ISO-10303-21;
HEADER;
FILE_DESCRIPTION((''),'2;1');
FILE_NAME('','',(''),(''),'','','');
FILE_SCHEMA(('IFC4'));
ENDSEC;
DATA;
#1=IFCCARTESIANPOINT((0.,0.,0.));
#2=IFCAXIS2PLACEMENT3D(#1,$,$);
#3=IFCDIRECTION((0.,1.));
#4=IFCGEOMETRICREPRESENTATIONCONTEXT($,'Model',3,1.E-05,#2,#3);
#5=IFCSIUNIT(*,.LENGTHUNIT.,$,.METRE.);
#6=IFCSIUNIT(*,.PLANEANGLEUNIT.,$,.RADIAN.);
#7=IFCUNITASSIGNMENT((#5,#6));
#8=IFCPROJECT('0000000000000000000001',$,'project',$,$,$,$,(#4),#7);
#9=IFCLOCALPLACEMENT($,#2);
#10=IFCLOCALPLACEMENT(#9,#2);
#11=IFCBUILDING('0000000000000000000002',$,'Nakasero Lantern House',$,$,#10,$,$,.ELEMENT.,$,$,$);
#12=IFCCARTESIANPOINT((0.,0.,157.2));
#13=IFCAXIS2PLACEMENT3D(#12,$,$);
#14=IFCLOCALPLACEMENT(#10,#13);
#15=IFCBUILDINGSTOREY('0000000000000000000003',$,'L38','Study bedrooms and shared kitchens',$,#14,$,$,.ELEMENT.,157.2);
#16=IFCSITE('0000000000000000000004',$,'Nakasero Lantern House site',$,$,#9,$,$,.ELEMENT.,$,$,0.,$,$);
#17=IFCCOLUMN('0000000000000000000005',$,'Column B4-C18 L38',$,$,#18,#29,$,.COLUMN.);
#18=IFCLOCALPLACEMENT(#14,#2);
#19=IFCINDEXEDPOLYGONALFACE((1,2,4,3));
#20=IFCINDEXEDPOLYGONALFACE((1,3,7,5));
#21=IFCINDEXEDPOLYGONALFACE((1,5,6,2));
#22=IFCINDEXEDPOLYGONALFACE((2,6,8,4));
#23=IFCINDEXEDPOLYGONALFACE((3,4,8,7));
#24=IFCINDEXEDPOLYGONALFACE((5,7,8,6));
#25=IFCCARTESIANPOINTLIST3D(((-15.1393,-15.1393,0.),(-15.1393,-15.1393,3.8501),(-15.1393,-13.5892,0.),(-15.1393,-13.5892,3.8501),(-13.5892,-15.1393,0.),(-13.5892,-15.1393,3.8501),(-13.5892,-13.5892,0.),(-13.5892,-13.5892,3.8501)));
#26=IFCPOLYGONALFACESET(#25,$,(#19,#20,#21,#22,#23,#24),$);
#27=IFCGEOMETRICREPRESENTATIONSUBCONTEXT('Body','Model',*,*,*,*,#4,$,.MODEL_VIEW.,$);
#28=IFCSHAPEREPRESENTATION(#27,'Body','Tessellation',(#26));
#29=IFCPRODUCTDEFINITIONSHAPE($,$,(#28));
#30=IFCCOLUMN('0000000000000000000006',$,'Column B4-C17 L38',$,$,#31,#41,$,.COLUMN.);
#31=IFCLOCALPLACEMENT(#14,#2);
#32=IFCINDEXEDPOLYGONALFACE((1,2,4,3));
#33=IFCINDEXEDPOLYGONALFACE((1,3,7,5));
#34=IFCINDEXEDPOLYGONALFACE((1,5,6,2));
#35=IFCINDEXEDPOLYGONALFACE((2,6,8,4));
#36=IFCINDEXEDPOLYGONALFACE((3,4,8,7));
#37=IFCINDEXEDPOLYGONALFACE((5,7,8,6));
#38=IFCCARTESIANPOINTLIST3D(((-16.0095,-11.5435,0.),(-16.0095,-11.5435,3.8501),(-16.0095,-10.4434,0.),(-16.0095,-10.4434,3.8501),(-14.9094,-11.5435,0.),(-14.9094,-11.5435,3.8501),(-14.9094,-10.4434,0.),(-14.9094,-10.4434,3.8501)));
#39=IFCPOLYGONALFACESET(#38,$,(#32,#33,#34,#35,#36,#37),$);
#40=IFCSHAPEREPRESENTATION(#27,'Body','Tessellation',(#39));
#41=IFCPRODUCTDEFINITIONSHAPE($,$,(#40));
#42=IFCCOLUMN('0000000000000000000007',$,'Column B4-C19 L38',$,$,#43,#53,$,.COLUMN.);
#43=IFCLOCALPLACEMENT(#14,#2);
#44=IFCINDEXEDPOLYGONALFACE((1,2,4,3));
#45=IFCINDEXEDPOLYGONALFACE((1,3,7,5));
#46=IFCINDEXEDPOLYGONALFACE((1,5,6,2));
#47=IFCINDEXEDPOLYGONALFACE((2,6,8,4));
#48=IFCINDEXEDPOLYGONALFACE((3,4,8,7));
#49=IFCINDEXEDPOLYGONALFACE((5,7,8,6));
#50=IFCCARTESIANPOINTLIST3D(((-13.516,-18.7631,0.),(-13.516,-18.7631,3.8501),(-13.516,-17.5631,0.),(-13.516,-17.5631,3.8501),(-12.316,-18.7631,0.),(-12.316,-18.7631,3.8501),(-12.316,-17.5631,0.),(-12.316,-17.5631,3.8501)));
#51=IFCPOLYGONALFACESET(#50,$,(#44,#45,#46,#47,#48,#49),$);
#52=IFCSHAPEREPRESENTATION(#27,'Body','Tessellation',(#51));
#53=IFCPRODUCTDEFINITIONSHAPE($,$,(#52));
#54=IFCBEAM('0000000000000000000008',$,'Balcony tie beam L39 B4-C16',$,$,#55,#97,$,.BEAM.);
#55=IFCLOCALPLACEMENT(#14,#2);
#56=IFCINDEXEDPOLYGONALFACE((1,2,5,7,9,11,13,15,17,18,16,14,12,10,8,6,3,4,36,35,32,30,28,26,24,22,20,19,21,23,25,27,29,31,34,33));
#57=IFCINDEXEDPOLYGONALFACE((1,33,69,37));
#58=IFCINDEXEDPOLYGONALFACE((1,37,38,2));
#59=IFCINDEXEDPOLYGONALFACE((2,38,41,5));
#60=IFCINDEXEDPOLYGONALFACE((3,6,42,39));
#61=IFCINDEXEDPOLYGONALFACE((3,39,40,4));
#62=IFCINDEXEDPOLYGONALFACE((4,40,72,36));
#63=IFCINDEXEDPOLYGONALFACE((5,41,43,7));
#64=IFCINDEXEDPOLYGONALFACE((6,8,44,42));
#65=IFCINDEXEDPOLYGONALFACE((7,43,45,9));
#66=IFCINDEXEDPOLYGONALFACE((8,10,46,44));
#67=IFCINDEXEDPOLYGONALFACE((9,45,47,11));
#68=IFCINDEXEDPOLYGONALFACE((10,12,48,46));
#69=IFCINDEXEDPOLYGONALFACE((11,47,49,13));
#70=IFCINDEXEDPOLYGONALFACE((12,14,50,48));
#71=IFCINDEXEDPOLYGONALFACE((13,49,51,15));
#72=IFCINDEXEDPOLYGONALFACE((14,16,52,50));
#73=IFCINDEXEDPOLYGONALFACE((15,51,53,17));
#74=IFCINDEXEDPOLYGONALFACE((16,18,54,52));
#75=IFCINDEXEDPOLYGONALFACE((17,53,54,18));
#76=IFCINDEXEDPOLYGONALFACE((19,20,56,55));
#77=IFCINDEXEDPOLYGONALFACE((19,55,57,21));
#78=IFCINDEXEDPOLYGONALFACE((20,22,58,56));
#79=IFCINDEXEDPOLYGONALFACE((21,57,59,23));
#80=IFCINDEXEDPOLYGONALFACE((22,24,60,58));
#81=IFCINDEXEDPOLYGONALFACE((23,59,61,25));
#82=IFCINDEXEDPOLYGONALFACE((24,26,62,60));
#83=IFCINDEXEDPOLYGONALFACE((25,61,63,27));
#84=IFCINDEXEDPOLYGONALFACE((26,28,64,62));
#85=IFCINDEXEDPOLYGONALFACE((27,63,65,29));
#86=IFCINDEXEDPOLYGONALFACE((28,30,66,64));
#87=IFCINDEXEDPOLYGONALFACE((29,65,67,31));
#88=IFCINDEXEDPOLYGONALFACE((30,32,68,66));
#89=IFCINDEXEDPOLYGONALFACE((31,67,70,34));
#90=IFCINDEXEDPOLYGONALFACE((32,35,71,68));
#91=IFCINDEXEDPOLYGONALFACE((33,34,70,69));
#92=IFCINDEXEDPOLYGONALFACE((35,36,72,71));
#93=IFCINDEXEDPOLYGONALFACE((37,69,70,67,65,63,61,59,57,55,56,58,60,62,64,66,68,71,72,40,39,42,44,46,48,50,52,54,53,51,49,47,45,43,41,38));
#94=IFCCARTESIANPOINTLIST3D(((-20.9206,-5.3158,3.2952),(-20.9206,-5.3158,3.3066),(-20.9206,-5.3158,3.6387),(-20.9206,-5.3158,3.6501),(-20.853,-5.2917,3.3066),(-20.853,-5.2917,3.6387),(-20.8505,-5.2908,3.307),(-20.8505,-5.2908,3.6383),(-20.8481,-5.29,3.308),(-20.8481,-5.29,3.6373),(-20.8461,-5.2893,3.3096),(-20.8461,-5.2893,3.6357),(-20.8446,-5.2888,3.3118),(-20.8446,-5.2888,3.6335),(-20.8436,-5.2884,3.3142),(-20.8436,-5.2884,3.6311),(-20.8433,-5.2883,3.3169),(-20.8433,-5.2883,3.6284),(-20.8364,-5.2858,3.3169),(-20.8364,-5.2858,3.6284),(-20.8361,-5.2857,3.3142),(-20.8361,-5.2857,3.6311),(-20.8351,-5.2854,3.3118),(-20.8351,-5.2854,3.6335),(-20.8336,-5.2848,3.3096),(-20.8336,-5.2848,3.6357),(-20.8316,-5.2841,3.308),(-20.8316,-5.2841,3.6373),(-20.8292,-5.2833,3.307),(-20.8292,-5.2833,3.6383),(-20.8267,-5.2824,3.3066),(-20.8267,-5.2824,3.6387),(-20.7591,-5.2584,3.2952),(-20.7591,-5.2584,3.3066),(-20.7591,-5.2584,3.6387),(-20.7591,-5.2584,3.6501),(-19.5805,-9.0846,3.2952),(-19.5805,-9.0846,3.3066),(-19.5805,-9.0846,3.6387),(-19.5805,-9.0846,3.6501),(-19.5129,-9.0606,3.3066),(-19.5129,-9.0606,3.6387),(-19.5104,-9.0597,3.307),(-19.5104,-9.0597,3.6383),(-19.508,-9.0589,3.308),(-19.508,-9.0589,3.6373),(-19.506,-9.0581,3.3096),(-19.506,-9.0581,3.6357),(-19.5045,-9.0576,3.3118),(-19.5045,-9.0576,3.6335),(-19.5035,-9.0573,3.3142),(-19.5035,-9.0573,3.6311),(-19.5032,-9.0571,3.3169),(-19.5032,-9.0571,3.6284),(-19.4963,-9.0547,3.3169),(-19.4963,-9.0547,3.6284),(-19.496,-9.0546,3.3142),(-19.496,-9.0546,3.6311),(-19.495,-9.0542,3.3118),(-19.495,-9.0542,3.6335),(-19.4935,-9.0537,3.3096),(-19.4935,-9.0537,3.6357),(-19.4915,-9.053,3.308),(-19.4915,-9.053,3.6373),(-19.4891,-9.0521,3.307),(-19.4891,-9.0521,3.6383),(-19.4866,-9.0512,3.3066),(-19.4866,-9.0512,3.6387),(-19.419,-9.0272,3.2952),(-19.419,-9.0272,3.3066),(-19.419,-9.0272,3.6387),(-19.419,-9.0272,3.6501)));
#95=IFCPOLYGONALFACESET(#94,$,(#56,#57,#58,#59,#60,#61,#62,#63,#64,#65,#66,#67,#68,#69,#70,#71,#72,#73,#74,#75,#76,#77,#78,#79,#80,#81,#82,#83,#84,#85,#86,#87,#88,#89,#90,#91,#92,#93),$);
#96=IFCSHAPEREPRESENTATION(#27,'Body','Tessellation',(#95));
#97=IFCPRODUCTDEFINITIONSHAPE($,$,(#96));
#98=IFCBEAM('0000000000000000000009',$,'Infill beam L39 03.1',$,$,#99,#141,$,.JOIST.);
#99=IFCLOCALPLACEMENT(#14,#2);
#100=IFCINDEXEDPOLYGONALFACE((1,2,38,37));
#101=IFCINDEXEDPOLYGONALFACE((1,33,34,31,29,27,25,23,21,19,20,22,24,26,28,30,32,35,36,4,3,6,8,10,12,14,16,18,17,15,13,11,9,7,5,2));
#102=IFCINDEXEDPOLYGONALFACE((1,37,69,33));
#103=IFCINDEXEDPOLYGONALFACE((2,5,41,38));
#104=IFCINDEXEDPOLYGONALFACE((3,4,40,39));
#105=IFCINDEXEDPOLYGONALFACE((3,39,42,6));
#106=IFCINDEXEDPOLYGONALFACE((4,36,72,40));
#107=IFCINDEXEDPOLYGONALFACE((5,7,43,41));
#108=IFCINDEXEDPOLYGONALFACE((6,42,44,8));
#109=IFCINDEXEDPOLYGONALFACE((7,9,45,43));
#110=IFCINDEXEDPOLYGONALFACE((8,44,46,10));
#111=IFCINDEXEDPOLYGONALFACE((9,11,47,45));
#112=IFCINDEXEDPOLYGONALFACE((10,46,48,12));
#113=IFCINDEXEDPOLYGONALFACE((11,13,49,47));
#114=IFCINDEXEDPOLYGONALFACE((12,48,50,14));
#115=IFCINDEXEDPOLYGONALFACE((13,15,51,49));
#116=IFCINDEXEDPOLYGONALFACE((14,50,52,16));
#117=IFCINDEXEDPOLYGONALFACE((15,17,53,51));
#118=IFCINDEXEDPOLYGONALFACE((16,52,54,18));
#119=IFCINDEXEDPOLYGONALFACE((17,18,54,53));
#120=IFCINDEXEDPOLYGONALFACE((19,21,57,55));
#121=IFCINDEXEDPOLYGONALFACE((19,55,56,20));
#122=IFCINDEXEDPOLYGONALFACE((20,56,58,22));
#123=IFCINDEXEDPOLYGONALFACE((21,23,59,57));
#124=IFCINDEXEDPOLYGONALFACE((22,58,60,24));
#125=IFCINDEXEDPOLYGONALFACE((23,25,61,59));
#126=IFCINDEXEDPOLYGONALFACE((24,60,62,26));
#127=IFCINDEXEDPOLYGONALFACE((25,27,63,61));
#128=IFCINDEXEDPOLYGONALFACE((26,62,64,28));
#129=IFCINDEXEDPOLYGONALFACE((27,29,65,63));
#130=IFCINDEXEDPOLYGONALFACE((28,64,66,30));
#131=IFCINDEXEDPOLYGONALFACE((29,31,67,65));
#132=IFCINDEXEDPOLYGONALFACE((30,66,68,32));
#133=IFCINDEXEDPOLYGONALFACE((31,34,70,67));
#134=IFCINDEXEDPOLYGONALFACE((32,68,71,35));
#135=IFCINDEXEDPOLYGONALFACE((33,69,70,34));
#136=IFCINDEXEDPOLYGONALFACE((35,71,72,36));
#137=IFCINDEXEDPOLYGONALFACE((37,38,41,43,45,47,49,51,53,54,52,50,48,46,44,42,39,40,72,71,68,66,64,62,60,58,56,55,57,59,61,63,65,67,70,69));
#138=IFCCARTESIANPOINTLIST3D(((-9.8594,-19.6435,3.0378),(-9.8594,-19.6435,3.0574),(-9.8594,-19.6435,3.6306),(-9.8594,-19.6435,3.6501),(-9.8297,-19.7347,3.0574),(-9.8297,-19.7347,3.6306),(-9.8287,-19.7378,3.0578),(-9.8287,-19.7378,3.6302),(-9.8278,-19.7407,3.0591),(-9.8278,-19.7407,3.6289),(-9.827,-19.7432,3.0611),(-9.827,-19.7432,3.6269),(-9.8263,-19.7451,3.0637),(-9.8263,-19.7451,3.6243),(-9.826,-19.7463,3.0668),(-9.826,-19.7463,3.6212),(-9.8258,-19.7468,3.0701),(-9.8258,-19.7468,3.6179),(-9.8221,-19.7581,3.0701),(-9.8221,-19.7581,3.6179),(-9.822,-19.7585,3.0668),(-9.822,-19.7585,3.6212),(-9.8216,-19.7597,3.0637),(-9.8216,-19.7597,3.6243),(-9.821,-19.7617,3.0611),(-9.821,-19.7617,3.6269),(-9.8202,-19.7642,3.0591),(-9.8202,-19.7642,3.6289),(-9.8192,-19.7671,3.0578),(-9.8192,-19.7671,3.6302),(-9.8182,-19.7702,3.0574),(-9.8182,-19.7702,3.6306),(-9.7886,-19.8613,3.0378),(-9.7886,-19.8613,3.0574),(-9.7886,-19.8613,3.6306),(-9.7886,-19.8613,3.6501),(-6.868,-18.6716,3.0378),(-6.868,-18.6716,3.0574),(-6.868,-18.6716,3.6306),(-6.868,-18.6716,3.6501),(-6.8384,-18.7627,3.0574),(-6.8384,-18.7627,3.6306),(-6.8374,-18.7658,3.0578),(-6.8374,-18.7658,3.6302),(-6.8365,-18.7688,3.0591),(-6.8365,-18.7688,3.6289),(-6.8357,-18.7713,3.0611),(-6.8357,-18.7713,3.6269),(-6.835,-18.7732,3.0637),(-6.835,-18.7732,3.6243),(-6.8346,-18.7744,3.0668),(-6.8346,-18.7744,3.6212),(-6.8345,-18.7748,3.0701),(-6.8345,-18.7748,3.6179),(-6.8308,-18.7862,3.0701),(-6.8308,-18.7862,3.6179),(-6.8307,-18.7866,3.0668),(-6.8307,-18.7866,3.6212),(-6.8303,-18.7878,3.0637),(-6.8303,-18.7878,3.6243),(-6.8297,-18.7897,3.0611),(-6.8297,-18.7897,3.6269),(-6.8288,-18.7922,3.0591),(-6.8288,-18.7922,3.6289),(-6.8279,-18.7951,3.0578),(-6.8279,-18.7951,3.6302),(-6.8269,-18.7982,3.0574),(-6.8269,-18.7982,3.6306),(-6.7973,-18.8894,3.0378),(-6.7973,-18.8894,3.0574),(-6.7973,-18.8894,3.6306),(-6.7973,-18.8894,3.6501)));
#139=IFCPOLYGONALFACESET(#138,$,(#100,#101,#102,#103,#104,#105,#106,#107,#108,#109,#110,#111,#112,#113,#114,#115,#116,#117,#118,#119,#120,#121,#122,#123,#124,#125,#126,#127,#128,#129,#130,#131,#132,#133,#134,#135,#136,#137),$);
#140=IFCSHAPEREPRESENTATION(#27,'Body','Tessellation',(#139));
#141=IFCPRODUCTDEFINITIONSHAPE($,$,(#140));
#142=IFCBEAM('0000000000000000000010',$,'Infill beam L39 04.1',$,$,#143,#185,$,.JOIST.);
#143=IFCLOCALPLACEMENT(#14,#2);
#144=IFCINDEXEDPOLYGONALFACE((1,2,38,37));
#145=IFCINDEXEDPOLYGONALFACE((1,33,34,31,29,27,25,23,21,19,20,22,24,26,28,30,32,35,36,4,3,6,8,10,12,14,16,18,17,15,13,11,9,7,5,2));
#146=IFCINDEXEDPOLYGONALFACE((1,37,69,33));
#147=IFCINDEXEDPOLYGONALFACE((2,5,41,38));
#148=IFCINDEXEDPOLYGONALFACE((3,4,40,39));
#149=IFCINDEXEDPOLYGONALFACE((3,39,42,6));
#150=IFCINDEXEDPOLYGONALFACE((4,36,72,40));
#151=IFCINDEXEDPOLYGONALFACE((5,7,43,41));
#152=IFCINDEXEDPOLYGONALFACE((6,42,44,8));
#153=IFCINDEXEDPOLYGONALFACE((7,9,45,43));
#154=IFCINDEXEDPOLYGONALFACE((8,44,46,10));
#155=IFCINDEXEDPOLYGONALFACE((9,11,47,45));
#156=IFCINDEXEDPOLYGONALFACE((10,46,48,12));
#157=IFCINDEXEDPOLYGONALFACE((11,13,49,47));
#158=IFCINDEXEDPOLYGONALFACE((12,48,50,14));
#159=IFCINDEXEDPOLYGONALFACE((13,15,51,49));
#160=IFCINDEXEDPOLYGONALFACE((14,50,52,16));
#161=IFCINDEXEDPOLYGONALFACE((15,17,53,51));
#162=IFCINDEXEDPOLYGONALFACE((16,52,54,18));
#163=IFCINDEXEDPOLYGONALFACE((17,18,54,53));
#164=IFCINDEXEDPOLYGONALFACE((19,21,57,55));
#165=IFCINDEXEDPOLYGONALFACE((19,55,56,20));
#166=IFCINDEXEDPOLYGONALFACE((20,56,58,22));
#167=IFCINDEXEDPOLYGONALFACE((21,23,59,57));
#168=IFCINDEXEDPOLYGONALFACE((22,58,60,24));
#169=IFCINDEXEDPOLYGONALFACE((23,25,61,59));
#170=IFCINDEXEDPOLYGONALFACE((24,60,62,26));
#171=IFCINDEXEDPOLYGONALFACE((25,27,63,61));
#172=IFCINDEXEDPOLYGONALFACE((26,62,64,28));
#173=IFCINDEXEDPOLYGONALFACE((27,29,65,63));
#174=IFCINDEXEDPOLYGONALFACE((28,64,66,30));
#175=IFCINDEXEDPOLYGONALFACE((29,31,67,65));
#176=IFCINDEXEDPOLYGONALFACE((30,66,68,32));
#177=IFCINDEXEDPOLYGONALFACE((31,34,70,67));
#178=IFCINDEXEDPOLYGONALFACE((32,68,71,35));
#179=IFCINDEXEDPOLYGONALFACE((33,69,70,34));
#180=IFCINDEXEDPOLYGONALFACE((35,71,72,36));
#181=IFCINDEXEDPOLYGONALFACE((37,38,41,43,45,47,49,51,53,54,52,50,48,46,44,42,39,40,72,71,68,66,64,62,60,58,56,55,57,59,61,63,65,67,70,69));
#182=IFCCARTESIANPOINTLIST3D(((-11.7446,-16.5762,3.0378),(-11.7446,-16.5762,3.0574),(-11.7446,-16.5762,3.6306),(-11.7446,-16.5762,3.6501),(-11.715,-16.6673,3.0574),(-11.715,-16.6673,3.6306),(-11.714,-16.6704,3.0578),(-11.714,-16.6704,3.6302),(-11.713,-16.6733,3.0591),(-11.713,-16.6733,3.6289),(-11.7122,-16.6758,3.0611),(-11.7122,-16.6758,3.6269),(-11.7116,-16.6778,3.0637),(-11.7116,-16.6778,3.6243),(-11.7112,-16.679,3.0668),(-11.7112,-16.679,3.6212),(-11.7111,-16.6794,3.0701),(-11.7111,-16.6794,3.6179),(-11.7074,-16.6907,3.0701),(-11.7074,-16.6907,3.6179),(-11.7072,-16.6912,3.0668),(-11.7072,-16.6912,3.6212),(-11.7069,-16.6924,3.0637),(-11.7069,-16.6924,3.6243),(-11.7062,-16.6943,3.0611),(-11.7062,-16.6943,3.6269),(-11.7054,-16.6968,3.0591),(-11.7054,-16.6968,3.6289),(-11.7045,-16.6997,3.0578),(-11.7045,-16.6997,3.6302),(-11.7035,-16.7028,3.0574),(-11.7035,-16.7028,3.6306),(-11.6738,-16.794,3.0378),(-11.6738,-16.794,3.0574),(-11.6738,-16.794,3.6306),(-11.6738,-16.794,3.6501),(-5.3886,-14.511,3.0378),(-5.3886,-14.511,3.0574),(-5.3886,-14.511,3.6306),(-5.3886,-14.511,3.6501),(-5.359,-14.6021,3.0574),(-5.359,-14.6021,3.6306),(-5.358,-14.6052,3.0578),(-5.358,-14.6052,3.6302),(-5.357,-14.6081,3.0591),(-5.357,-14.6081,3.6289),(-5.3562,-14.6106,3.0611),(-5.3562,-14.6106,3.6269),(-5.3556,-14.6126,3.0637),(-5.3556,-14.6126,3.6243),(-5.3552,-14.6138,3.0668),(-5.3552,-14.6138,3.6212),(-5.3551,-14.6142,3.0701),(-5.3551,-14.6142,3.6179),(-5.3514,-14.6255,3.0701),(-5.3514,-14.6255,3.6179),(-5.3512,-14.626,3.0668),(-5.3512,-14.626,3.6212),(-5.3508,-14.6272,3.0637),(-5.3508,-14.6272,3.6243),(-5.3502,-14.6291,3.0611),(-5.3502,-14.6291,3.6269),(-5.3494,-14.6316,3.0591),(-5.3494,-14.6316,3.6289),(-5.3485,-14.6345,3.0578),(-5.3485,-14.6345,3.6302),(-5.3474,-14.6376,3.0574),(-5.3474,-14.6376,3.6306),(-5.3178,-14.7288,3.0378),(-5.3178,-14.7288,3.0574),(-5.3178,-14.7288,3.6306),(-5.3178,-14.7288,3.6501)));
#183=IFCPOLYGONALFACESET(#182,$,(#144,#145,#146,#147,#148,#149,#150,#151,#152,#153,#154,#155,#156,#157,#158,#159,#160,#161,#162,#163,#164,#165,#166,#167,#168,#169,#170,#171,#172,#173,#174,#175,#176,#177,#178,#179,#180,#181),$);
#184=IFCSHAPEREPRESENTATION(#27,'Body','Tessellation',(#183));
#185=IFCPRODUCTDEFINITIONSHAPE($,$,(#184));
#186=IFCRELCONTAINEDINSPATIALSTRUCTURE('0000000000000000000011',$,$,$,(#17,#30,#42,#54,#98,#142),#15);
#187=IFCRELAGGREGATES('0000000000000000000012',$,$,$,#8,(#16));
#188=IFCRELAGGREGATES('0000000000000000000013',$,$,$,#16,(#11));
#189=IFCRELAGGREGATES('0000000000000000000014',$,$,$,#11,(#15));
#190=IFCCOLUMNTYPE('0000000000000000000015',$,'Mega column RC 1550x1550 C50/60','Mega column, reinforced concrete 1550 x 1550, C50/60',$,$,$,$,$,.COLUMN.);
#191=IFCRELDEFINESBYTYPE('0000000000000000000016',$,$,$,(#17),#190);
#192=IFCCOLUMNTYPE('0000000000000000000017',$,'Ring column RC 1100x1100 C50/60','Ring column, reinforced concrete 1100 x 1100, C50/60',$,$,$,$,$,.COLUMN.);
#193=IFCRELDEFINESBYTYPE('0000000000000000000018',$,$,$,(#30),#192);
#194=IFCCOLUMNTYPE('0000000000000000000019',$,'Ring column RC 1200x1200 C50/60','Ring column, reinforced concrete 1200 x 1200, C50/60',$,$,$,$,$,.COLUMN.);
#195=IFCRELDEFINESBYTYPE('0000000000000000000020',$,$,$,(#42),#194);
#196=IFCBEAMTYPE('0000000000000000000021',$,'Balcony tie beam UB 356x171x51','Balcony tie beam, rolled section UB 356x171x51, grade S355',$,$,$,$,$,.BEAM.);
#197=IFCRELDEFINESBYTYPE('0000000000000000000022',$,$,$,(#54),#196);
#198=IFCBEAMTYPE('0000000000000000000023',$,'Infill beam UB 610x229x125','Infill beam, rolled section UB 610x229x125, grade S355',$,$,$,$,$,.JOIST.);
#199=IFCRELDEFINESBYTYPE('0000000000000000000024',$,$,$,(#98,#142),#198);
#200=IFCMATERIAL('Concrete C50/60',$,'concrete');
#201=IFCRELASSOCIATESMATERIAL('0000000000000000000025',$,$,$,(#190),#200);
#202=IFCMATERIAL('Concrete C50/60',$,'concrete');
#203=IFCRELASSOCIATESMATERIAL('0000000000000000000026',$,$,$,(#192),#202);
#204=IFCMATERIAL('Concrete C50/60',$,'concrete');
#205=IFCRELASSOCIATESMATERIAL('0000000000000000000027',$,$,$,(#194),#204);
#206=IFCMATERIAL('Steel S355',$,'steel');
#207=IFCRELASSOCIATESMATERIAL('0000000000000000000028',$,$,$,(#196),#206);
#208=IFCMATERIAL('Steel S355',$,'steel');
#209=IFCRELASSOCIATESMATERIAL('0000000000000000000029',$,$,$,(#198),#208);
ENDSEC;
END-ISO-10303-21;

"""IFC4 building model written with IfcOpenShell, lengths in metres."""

from ifc_helpers import new_model, si_unit, direction, frame, origin, origin_2d, place, context, subcontext, project, spatial, rectangle, i_section, extrude, material, material_profile, profile_set, type_object, element, save


model = new_model("IFC4")

# Units and contexts
model_context = context("Model", 3, precision=1e-05, world=origin(), true_north=direction((0.0, 1.0)))
body_context = subcontext(model_context, "Body", "Model", "MODEL_VIEW")
ifc_project = project(units=[si_unit("LENGTHUNIT", "METRE"), si_unit("PLANEANGLEUNIT", "RADIAN")], contexts=[model_context])

# Site, building, storey
site_placement = place(None, origin())
site = spatial("IfcSite", under=ifc_project, at=site_placement, Name="Nakasero Lantern House site", CompositionType="ELEMENT", RefElevation=0.0)
building_placement = place(site_placement, origin())
building = spatial("IfcBuilding", under=site, at=building_placement, Name="Nakasero Lantern House", CompositionType="ELEMENT")
storey_placement = place(building_placement, frame((0.0, 0.0, 157.2)))
storey = spatial("IfcBuildingStorey", under=building, at=storey_placement, Name="L38", Description="Study bedrooms and shared kitchens", CompositionType="ELEMENT", Elevation=157.2)

# Columns
ifc_material_1 = material(Name="Concrete C50/60", Category="concrete")
ifc_material_profile_1 = material_profile(ifc_material_1, rectangle(XDim=1.55, YDim=1.55, at=origin_2d()), Name="RC 1550x1550")
ifc_profile_set_1 = profile_set([ifc_material_profile_1], Name="Concrete C50/60")
column_type_1 = type_object("IfcColumnType", Name="Mega column RC 1550x1550 C50/60", Description="Mega column, reinforced concrete 1550 x 1550, C50/60", PredefinedType="COLUMN", material=ifc_profile_set_1)
column_1_placement = place(storey_placement, frame((-14.3643, -14.3643, 0.0), z_axis=(0.0, 0.0, 1.0), x_axis=(1.0, 0.0, 0.0)))
element("IfcColumn", 1, at=column_1_placement, inside=storey, type_object=column_type_1, Name="Column B4-C18 L38", PredefinedType="COLUMN", context=body_context, shape_type="SweptSolid", body=[
    extrude(rectangle(XDim=1.55, YDim=1.55, at=origin_2d()), origin(), (0.0, 0.0, 1.0), 3.8501),
])
ifc_material_2 = material(Name="Concrete C50/60", Category="concrete")
ifc_material_profile_2 = material_profile(ifc_material_2, rectangle(XDim=1.1001, YDim=1.1001, at=origin_2d()), Name="RC 1100x1100")
ifc_profile_set_2 = profile_set([ifc_material_profile_2], Name="Concrete C50/60")
column_type_2 = type_object("IfcColumnType", Name="Ring column RC 1100x1100 C50/60", Description="Ring column, reinforced concrete 1100 x 1100, C50/60", PredefinedType="COLUMN", material=ifc_profile_set_2)
column_2_placement = place(storey_placement, frame((-15.4595, -10.9934, 0.0), z_axis=(0.0, 0.0, 1.0), x_axis=(1.0, 0.0, 0.0)))
element("IfcColumn", 2, at=column_2_placement, inside=storey, type_object=column_type_2, Name="Column B4-C17 L38", PredefinedType="COLUMN", context=body_context, shape_type="SweptSolid", body=[
    extrude(rectangle(XDim=1.1001, YDim=1.1001, at=origin_2d()), origin(), (0.0, 0.0, 1.0), 3.8501),
])
ifc_material_3 = material(Name="Concrete C50/60", Category="concrete")
ifc_material_profile_3 = material_profile(ifc_material_3, rectangle(XDim=1.2, YDim=1.2, at=origin_2d()), Name="RC 1200x1200")
ifc_profile_set_3 = profile_set([ifc_material_profile_3], Name="Concrete C50/60")
column_type_3 = type_object("IfcColumnType", Name="Ring column RC 1200x1200 C50/60", Description="Ring column, reinforced concrete 1200 x 1200, C50/60", PredefinedType="COLUMN", material=ifc_profile_set_3)
column_3_placement = place(storey_placement, frame((-12.916, -18.1631, 0.0), z_axis=(0.0, 0.0, 1.0), x_axis=(1.0, 0.0, 0.0)))
element("IfcColumn", 3, at=column_3_placement, inside=storey, type_object=column_type_3, Name="Column B4-C19 L38", PredefinedType="COLUMN", context=body_context, shape_type="SweptSolid", body=[
    extrude(rectangle(XDim=1.2, YDim=1.2, at=origin_2d()), origin(), (0.0, 0.0, 1.0), 3.8501),
])

# Beams
ifc_material_4 = material(Name="Steel S355", Category="steel")
ifc_material_profile_4 = material_profile(ifc_material_4, i_section(OverallWidth=0.1714, OverallDepth=0.355, WebThickness=0.0073, FlangeThickness=0.0115, FilletRadius=0.0103, at=origin_2d()), Name="UB 356x171x51")
ifc_profile_set_4 = profile_set([ifc_material_profile_4], Name="Steel S355")
beam_type_1 = type_object("IfcBeamType", Name="Balcony tie beam UB 356x171x51", Description="Balcony tie beam, rolled section UB 356x171x51, grade S355", PredefinedType="BEAM", material=ifc_profile_set_4)
beam_1_placement = place(storey_placement, frame((-19.4998, -9.0559, 3.4727), z_axis=(-0.335025, 0.942209, 0.0), x_axis=(-0.942209, -0.335025, 0.0)))
element("IfcBeam", 4, at=beam_1_placement, inside=storey, type_object=beam_type_1, Name="Balcony tie beam L39 B4-C16", PredefinedType="BEAM", context=body_context, shape_type="SweptSolid", body=[
    extrude(i_section(OverallWidth=0.1714, OverallDepth=0.355, WebThickness=0.0073, FlangeThickness=0.0115, FilletRadius=0.0103, at=origin_2d()), origin(), (0.0, 0.0, 1.0), 4.0),
])
ifc_material_5 = material(Name="Steel S355", Category="steel")
ifc_material_profile_5 = material_profile(ifc_material_5, i_section(OverallWidth=0.229, OverallDepth=0.6123, WebThickness=0.012, FlangeThickness=0.0195, FilletRadius=0.0127, at=origin_2d()), Name="UB 610x229x125")
ifc_profile_set_5 = profile_set([ifc_material_profile_5], Name="Steel S355")
beam_type_2 = type_object("IfcBeamType", Name="Infill beam UB 610x229x125", Description="Infill beam, rolled section UB 610x229x125, grade S355", PredefinedType="JOIST", material=ifc_profile_set_5)
beam_2_placement = place(storey_placement, frame((-9.824, -19.7524, 3.344), z_axis=(0.951055, 0.309023, 0.0), x_axis=(-0.309023, 0.951055, 0.0)))
element("IfcBeam", 5, at=beam_2_placement, inside=storey, type_object=beam_type_2, Name="Infill beam L39 03.1", PredefinedType="JOIST", context=body_context, shape_type="SweptSolid", body=[
    extrude(i_section(OverallWidth=0.229, OverallDepth=0.6123, WebThickness=0.012, FlangeThickness=0.0195, FilletRadius=0.0127, at=origin_2d()), origin(), (0.0, 0.0, 1.0), 3.1453),
])
beam_3_placement = place(storey_placement, frame((-11.7092, -16.6851, 3.344), z_axis=(0.951056, 0.309018, 0.0), x_axis=(-0.309018, 0.951056, 0.0)))
element("IfcBeam", 6, at=beam_3_placement, inside=storey, type_object=beam_type_2, Name="Infill beam L39 04.1", PredefinedType="JOIST", context=body_context, shape_type="SweptSolid", body=[
    extrude(i_section(OverallWidth=0.229, OverallDepth=0.6123, WebThickness=0.012, FlangeThickness=0.0195, FilletRadius=0.0127, at=origin_2d()), origin(), (0.0, 0.0, 1.0), 6.6831),
])

save(model, "model.ifc")
